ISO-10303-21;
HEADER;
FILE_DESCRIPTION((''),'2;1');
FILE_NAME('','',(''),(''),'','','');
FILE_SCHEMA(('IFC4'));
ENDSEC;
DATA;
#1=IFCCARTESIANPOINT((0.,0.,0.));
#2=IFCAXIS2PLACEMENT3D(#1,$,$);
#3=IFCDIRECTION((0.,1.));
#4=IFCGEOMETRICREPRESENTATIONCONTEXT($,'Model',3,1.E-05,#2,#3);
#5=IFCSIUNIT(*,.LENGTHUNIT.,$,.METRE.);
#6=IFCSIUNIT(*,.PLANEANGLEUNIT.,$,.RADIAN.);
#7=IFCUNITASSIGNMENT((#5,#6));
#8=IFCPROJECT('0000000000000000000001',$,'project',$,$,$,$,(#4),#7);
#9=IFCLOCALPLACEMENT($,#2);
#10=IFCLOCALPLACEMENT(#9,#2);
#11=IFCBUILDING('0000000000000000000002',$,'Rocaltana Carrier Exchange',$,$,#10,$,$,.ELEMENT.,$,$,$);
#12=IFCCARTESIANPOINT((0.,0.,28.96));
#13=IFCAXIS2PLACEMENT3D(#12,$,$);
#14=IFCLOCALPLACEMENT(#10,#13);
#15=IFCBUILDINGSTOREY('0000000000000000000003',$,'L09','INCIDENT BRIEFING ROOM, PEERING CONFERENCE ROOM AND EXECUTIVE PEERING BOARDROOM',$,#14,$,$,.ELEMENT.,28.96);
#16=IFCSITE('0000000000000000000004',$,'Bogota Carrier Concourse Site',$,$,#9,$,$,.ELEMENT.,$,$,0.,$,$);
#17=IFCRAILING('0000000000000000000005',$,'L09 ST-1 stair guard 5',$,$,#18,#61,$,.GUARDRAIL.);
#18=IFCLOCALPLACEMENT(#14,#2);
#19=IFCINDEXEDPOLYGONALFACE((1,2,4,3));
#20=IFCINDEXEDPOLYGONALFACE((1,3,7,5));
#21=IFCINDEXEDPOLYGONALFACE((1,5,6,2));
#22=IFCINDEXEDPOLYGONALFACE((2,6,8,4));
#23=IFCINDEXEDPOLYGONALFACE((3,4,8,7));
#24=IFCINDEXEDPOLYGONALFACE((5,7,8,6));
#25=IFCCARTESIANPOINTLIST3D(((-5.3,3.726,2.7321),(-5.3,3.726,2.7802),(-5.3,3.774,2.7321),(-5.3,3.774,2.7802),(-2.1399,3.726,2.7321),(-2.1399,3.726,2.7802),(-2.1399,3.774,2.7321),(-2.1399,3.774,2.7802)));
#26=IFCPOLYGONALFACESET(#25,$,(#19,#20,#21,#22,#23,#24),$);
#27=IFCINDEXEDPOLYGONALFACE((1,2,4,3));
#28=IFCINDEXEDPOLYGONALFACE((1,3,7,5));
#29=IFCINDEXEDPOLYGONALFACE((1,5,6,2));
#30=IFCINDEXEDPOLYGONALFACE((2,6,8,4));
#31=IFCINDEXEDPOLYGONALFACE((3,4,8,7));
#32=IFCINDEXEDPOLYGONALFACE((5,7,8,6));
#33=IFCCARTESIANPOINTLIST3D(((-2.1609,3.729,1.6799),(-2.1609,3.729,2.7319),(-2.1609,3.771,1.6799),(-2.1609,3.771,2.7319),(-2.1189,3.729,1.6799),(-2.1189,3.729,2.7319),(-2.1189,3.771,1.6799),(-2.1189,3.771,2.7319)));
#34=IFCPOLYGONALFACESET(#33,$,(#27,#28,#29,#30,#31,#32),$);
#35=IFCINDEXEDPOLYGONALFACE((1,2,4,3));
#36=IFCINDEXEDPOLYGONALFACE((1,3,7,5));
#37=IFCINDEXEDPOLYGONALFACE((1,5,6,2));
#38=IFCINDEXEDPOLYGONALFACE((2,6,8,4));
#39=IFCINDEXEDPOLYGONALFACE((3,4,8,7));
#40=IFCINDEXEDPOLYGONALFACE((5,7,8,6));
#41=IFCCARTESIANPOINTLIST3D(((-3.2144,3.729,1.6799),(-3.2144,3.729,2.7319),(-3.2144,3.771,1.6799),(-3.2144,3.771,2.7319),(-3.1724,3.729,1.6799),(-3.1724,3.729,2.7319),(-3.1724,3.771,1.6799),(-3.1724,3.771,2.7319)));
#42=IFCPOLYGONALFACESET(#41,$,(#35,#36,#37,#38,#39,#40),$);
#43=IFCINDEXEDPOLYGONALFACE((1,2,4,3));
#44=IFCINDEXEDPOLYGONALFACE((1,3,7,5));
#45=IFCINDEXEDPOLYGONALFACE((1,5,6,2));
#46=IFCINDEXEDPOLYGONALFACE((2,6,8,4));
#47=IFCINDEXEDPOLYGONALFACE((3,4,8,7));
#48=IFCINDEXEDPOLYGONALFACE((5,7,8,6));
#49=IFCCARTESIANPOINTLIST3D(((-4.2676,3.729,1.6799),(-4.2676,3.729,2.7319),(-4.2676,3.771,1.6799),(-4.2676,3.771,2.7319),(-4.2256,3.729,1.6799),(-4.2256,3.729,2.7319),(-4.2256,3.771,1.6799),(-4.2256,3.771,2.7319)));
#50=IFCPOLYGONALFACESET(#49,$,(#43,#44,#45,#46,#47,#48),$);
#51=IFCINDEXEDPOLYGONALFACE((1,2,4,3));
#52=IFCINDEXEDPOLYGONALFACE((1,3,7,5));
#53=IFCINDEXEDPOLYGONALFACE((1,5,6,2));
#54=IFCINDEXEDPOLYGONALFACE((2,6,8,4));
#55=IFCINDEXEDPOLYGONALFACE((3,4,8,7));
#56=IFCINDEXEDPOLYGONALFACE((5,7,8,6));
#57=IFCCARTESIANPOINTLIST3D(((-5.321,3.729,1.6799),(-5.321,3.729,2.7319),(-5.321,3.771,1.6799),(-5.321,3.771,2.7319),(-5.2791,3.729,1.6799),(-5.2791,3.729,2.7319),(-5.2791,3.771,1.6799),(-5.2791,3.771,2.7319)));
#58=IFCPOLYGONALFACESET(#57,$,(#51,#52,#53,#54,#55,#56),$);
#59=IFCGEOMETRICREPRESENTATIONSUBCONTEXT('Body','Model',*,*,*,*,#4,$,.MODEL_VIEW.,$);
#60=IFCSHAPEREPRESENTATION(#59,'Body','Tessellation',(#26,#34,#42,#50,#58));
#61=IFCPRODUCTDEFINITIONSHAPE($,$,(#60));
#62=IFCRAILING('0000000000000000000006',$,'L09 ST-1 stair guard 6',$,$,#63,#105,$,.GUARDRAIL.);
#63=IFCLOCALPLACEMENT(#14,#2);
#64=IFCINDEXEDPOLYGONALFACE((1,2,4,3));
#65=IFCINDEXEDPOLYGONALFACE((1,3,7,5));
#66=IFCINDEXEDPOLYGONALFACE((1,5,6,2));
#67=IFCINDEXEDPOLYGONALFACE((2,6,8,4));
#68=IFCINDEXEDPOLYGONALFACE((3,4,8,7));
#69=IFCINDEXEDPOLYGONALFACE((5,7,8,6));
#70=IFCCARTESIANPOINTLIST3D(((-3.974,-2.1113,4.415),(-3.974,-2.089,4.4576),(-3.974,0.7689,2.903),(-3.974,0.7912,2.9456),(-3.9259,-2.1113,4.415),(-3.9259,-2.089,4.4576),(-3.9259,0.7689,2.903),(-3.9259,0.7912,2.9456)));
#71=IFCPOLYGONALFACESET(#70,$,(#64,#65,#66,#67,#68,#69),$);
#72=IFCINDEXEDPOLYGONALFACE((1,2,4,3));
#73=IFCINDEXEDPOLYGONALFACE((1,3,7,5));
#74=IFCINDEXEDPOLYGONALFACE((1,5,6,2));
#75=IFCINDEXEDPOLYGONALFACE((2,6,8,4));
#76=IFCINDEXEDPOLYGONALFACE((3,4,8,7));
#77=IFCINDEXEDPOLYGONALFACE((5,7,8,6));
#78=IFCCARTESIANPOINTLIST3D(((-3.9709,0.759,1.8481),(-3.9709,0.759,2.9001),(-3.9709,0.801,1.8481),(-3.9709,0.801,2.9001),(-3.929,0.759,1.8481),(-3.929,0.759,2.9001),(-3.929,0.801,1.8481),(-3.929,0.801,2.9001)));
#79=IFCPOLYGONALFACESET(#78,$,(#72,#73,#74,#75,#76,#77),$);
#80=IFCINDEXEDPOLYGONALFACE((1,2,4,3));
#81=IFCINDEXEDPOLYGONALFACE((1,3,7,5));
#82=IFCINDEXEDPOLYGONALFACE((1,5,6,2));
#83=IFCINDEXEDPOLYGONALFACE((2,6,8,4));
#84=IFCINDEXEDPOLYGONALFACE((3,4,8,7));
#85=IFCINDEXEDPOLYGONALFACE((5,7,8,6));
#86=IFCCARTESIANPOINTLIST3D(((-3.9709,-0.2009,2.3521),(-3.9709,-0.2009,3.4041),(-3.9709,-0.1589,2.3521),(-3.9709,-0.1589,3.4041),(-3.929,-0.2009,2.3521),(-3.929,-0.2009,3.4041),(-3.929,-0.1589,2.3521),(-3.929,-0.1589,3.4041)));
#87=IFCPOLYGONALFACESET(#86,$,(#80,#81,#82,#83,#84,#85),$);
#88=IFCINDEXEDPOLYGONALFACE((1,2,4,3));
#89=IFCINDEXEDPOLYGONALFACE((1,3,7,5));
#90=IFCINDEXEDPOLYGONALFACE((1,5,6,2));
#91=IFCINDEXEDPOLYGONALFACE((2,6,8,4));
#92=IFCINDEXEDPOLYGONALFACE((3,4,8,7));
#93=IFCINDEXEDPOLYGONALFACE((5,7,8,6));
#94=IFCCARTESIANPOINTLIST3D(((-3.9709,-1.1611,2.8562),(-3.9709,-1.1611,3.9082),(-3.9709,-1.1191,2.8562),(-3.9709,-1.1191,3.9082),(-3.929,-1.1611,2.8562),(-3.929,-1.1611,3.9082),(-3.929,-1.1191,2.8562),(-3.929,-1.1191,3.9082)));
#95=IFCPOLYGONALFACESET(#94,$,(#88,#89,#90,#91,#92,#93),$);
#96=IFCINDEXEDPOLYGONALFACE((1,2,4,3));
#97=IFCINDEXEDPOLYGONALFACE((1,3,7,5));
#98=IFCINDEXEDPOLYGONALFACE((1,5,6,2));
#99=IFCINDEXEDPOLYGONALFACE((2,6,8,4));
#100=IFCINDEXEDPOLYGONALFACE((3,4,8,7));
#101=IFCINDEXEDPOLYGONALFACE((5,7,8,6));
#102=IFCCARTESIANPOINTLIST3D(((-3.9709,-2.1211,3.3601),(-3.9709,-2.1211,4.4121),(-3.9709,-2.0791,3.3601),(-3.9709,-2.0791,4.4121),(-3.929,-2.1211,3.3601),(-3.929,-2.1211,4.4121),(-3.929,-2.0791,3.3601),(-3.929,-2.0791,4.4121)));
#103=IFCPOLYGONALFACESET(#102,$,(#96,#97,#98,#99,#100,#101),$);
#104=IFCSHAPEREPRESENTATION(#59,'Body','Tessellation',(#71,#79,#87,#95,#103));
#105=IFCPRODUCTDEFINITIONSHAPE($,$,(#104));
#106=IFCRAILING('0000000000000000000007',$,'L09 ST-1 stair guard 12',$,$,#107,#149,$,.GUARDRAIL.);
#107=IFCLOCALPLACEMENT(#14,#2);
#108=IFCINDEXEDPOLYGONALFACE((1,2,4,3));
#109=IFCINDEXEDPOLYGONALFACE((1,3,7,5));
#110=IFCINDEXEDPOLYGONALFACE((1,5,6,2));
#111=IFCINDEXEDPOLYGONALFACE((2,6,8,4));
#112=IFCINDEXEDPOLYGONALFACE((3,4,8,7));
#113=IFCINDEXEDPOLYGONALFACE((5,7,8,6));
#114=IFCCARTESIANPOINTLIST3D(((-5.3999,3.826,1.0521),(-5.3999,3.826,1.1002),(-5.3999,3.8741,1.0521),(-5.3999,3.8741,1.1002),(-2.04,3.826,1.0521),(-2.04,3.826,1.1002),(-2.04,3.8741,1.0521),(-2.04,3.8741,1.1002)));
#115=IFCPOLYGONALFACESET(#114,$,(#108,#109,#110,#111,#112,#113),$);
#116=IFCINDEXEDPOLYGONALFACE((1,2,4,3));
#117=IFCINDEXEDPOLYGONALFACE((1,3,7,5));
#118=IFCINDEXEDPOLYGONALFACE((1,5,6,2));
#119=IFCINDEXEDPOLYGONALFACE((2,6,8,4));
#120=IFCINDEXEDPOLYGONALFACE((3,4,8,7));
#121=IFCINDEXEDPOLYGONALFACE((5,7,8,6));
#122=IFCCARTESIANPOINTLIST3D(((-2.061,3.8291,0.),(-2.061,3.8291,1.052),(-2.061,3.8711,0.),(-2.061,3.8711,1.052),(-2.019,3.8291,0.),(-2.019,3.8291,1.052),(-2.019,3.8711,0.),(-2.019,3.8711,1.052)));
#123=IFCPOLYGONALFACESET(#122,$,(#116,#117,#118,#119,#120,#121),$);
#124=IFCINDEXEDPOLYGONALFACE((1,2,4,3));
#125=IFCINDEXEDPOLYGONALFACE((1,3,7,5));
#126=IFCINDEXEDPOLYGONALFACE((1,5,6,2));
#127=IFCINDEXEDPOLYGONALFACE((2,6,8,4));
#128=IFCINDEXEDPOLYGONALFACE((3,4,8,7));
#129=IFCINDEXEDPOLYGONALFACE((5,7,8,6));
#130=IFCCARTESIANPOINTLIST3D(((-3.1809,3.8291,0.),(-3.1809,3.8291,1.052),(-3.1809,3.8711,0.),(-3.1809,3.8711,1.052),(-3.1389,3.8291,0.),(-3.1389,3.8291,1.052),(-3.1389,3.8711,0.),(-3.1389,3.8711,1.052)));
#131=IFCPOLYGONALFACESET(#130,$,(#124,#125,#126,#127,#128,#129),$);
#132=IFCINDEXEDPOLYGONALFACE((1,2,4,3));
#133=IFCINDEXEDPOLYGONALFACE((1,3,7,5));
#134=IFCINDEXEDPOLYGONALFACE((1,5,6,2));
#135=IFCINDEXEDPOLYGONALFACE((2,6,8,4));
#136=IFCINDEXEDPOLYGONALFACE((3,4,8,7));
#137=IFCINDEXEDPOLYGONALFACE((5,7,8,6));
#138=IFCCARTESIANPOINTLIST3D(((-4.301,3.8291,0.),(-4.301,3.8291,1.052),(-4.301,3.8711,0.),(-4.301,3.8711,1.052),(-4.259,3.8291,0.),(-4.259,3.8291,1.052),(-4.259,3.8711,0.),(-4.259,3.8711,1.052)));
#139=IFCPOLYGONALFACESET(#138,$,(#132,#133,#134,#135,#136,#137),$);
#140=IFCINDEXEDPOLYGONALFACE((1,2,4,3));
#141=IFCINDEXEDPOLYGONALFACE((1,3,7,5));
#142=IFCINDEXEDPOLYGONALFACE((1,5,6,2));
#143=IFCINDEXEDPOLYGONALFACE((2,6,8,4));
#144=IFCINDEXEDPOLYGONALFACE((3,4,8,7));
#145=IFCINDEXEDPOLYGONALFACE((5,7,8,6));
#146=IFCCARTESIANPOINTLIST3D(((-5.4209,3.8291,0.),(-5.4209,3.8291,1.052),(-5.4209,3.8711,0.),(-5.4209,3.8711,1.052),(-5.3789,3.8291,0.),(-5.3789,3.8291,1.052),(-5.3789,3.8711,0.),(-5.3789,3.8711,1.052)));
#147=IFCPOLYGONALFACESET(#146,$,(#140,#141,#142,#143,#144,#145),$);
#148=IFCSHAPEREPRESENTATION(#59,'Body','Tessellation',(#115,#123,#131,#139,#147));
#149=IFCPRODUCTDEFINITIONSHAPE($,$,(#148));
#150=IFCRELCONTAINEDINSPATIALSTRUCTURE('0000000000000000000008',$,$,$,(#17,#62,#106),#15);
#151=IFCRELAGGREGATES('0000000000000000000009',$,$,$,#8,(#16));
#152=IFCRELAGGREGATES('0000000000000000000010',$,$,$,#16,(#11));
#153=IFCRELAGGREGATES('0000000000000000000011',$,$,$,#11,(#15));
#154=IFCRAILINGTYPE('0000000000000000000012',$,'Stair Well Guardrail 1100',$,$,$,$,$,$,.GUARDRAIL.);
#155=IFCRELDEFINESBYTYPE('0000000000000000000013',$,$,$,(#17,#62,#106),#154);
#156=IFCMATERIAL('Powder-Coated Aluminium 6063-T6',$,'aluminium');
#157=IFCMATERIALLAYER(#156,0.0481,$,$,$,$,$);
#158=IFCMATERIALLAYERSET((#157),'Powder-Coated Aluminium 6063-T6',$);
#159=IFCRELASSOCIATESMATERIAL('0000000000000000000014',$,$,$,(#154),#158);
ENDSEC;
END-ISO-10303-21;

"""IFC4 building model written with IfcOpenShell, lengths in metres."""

from ifc_helpers import new_model, si_unit, direction, frame, origin, origin_2d, place, context, subcontext, project, spatial, rectangle, extrude, material, layer, layer_set, type_object, element, save


model = new_model("IFC4")

# Units and contexts
model_context = context("Model", 3, precision=1e-05, world=origin(), true_north=direction((0.0, 1.0)))
body_context = subcontext(model_context, "Body", "Model", "MODEL_VIEW")
ifc_project = project(units=[si_unit("LENGTHUNIT", "METRE"), si_unit("PLANEANGLEUNIT", "RADIAN")], contexts=[model_context])

# Site, building, storey
site_placement = place(None, origin())
site = spatial("IfcSite", under=ifc_project, at=site_placement, Name="Bogota Carrier Concourse Site", CompositionType="ELEMENT", RefElevation=0.0)
building_placement = place(site_placement, origin())
building = spatial("IfcBuilding", under=site, at=building_placement, Name="Rocaltana Carrier Exchange", CompositionType="ELEMENT")
storey_placement = place(building_placement, frame((0.0, 0.0, 28.96)))
storey = spatial("IfcBuildingStorey", under=building, at=storey_placement, Name="L09", Description="INCIDENT BRIEFING ROOM, PEERING CONFERENCE ROOM AND EXECUTIVE PEERING BOARDROOM", CompositionType="ELEMENT", Elevation=28.96)

# Railings
ifc_material_1 = material(Name="Powder-Coated Aluminium 6063-T6", Category="aluminium")
ifc_layer_1 = layer(ifc_material_1, 0.0481)
ifc_layer_set_1 = layer_set([ifc_layer_1], Name="Powder-Coated Aluminium 6063-T6")
railing_type_1 = type_object("IfcRailingType", Name="Stair Well Guardrail 1100", PredefinedType="GUARDRAIL", material=ifc_layer_set_1)
railing_1_placement = place(storey_placement, frame((-2.1399, 3.75, 1.6799)))
element("IfcRailing", 1, at=railing_1_placement, inside=storey, type_object=railing_type_1, Name="L09 ST-1 stair guard 5", PredefinedType="GUARDRAIL", context=body_context, shape_type="SweptSolid", body=[
    extrude(rectangle(XDim=0.0481, YDim=0.0481, at=origin_2d()), frame((0.0, 0.0, 1.0762), z_axis=(-1.0, 0.0, 0.0), x_axis=(0.0, -1.0, 0.0)), (0.0, 0.0, 1.0), 3.1602),
    extrude(rectangle(XDim=0.042, YDim=0.042, at=origin_2d()), origin(), (0.0, 0.0, 1.0), 1.052),
    extrude(rectangle(XDim=0.042, YDim=0.042, at=origin_2d()), frame((-1.0535, 0.0, 0.0)), (0.0, 0.0, 1.0), 1.052),
    extrude(rectangle(XDim=0.042, YDim=0.042, at=origin_2d()), frame((-2.1067, 0.0, 0.0)), (0.0, 0.0, 1.0), 1.052),
    extrude(rectangle(XDim=0.042, YDim=0.042, at=origin_2d()), frame((-3.1602, 0.0, 0.0)), (0.0, 0.0, 1.0), 1.052),
])
railing_2_placement = place(storey_placement, frame((-3.95, 0.78, 1.8481)))
element("IfcRailing", 2, at=railing_2_placement, inside=storey, type_object=railing_type_1, Name="L09 ST-1 stair guard 6", PredefinedType="GUARDRAIL", context=body_context, shape_type="SweptSolid", body=[
    extrude(rectangle(XDim=0.0481, YDim=0.0481, at=origin_2d()), frame((0.0, 0.0, 1.0762), z_axis=(0.0, -0.885411, 0.464809), x_axis=(1.0, 0.0, 0.0)), (0.0, 0.0, 1.0), 3.2529),
    extrude(rectangle(XDim=0.042, YDim=0.042, at=origin_2d()), origin(), (0.0, 0.0, 1.0), 1.052),
    extrude(rectangle(XDim=0.042, YDim=0.042, at=origin_2d()), frame((0.0, -0.96, 0.5039)), (0.0, 0.0, 1.0), 1.052),
    extrude(rectangle(XDim=0.042, YDim=0.042, at=origin_2d()), frame((0.0, -1.9202, 1.0081)), (0.0, 0.0, 1.0), 1.052),
    extrude(rectangle(XDim=0.042, YDim=0.042, at=origin_2d()), frame((0.0, -2.8801, 1.512)), (0.0, 0.0, 1.0), 1.052),
])
railing_3_placement = place(storey_placement, frame((-2.04, 3.8501, 0.0)))
element("IfcRailing", 3, at=railing_3_placement, inside=storey, type_object=railing_type_1, Name="L09 ST-1 stair guard 12", PredefinedType="GUARDRAIL", context=body_context, shape_type="SweptSolid", body=[
    extrude(rectangle(XDim=0.0481, YDim=0.0481, at=origin_2d()), frame((0.0, 0.0, 1.0762), z_axis=(-1.0, 0.0, 0.0), x_axis=(0.0, -1.0, 0.0)), (0.0, 0.0, 1.0), 3.3599),
    extrude(rectangle(XDim=0.042, YDim=0.042, at=origin_2d()), origin(), (0.0, 0.0, 1.0), 1.052),
    extrude(rectangle(XDim=0.042, YDim=0.042, at=origin_2d()), frame((-1.1199, 0.0, 0.0)), (0.0, 0.0, 1.0), 1.052),
    extrude(rectangle(XDim=0.042, YDim=0.042, at=origin_2d()), frame((-2.24, 0.0, 0.0)), (0.0, 0.0, 1.0), 1.052),
    extrude(rectangle(XDim=0.042, YDim=0.042, at=origin_2d()), frame((-3.3599, 0.0, 0.0)), (0.0, 0.0, 1.0), 1.052),
])

save(model, "model.ifc")
